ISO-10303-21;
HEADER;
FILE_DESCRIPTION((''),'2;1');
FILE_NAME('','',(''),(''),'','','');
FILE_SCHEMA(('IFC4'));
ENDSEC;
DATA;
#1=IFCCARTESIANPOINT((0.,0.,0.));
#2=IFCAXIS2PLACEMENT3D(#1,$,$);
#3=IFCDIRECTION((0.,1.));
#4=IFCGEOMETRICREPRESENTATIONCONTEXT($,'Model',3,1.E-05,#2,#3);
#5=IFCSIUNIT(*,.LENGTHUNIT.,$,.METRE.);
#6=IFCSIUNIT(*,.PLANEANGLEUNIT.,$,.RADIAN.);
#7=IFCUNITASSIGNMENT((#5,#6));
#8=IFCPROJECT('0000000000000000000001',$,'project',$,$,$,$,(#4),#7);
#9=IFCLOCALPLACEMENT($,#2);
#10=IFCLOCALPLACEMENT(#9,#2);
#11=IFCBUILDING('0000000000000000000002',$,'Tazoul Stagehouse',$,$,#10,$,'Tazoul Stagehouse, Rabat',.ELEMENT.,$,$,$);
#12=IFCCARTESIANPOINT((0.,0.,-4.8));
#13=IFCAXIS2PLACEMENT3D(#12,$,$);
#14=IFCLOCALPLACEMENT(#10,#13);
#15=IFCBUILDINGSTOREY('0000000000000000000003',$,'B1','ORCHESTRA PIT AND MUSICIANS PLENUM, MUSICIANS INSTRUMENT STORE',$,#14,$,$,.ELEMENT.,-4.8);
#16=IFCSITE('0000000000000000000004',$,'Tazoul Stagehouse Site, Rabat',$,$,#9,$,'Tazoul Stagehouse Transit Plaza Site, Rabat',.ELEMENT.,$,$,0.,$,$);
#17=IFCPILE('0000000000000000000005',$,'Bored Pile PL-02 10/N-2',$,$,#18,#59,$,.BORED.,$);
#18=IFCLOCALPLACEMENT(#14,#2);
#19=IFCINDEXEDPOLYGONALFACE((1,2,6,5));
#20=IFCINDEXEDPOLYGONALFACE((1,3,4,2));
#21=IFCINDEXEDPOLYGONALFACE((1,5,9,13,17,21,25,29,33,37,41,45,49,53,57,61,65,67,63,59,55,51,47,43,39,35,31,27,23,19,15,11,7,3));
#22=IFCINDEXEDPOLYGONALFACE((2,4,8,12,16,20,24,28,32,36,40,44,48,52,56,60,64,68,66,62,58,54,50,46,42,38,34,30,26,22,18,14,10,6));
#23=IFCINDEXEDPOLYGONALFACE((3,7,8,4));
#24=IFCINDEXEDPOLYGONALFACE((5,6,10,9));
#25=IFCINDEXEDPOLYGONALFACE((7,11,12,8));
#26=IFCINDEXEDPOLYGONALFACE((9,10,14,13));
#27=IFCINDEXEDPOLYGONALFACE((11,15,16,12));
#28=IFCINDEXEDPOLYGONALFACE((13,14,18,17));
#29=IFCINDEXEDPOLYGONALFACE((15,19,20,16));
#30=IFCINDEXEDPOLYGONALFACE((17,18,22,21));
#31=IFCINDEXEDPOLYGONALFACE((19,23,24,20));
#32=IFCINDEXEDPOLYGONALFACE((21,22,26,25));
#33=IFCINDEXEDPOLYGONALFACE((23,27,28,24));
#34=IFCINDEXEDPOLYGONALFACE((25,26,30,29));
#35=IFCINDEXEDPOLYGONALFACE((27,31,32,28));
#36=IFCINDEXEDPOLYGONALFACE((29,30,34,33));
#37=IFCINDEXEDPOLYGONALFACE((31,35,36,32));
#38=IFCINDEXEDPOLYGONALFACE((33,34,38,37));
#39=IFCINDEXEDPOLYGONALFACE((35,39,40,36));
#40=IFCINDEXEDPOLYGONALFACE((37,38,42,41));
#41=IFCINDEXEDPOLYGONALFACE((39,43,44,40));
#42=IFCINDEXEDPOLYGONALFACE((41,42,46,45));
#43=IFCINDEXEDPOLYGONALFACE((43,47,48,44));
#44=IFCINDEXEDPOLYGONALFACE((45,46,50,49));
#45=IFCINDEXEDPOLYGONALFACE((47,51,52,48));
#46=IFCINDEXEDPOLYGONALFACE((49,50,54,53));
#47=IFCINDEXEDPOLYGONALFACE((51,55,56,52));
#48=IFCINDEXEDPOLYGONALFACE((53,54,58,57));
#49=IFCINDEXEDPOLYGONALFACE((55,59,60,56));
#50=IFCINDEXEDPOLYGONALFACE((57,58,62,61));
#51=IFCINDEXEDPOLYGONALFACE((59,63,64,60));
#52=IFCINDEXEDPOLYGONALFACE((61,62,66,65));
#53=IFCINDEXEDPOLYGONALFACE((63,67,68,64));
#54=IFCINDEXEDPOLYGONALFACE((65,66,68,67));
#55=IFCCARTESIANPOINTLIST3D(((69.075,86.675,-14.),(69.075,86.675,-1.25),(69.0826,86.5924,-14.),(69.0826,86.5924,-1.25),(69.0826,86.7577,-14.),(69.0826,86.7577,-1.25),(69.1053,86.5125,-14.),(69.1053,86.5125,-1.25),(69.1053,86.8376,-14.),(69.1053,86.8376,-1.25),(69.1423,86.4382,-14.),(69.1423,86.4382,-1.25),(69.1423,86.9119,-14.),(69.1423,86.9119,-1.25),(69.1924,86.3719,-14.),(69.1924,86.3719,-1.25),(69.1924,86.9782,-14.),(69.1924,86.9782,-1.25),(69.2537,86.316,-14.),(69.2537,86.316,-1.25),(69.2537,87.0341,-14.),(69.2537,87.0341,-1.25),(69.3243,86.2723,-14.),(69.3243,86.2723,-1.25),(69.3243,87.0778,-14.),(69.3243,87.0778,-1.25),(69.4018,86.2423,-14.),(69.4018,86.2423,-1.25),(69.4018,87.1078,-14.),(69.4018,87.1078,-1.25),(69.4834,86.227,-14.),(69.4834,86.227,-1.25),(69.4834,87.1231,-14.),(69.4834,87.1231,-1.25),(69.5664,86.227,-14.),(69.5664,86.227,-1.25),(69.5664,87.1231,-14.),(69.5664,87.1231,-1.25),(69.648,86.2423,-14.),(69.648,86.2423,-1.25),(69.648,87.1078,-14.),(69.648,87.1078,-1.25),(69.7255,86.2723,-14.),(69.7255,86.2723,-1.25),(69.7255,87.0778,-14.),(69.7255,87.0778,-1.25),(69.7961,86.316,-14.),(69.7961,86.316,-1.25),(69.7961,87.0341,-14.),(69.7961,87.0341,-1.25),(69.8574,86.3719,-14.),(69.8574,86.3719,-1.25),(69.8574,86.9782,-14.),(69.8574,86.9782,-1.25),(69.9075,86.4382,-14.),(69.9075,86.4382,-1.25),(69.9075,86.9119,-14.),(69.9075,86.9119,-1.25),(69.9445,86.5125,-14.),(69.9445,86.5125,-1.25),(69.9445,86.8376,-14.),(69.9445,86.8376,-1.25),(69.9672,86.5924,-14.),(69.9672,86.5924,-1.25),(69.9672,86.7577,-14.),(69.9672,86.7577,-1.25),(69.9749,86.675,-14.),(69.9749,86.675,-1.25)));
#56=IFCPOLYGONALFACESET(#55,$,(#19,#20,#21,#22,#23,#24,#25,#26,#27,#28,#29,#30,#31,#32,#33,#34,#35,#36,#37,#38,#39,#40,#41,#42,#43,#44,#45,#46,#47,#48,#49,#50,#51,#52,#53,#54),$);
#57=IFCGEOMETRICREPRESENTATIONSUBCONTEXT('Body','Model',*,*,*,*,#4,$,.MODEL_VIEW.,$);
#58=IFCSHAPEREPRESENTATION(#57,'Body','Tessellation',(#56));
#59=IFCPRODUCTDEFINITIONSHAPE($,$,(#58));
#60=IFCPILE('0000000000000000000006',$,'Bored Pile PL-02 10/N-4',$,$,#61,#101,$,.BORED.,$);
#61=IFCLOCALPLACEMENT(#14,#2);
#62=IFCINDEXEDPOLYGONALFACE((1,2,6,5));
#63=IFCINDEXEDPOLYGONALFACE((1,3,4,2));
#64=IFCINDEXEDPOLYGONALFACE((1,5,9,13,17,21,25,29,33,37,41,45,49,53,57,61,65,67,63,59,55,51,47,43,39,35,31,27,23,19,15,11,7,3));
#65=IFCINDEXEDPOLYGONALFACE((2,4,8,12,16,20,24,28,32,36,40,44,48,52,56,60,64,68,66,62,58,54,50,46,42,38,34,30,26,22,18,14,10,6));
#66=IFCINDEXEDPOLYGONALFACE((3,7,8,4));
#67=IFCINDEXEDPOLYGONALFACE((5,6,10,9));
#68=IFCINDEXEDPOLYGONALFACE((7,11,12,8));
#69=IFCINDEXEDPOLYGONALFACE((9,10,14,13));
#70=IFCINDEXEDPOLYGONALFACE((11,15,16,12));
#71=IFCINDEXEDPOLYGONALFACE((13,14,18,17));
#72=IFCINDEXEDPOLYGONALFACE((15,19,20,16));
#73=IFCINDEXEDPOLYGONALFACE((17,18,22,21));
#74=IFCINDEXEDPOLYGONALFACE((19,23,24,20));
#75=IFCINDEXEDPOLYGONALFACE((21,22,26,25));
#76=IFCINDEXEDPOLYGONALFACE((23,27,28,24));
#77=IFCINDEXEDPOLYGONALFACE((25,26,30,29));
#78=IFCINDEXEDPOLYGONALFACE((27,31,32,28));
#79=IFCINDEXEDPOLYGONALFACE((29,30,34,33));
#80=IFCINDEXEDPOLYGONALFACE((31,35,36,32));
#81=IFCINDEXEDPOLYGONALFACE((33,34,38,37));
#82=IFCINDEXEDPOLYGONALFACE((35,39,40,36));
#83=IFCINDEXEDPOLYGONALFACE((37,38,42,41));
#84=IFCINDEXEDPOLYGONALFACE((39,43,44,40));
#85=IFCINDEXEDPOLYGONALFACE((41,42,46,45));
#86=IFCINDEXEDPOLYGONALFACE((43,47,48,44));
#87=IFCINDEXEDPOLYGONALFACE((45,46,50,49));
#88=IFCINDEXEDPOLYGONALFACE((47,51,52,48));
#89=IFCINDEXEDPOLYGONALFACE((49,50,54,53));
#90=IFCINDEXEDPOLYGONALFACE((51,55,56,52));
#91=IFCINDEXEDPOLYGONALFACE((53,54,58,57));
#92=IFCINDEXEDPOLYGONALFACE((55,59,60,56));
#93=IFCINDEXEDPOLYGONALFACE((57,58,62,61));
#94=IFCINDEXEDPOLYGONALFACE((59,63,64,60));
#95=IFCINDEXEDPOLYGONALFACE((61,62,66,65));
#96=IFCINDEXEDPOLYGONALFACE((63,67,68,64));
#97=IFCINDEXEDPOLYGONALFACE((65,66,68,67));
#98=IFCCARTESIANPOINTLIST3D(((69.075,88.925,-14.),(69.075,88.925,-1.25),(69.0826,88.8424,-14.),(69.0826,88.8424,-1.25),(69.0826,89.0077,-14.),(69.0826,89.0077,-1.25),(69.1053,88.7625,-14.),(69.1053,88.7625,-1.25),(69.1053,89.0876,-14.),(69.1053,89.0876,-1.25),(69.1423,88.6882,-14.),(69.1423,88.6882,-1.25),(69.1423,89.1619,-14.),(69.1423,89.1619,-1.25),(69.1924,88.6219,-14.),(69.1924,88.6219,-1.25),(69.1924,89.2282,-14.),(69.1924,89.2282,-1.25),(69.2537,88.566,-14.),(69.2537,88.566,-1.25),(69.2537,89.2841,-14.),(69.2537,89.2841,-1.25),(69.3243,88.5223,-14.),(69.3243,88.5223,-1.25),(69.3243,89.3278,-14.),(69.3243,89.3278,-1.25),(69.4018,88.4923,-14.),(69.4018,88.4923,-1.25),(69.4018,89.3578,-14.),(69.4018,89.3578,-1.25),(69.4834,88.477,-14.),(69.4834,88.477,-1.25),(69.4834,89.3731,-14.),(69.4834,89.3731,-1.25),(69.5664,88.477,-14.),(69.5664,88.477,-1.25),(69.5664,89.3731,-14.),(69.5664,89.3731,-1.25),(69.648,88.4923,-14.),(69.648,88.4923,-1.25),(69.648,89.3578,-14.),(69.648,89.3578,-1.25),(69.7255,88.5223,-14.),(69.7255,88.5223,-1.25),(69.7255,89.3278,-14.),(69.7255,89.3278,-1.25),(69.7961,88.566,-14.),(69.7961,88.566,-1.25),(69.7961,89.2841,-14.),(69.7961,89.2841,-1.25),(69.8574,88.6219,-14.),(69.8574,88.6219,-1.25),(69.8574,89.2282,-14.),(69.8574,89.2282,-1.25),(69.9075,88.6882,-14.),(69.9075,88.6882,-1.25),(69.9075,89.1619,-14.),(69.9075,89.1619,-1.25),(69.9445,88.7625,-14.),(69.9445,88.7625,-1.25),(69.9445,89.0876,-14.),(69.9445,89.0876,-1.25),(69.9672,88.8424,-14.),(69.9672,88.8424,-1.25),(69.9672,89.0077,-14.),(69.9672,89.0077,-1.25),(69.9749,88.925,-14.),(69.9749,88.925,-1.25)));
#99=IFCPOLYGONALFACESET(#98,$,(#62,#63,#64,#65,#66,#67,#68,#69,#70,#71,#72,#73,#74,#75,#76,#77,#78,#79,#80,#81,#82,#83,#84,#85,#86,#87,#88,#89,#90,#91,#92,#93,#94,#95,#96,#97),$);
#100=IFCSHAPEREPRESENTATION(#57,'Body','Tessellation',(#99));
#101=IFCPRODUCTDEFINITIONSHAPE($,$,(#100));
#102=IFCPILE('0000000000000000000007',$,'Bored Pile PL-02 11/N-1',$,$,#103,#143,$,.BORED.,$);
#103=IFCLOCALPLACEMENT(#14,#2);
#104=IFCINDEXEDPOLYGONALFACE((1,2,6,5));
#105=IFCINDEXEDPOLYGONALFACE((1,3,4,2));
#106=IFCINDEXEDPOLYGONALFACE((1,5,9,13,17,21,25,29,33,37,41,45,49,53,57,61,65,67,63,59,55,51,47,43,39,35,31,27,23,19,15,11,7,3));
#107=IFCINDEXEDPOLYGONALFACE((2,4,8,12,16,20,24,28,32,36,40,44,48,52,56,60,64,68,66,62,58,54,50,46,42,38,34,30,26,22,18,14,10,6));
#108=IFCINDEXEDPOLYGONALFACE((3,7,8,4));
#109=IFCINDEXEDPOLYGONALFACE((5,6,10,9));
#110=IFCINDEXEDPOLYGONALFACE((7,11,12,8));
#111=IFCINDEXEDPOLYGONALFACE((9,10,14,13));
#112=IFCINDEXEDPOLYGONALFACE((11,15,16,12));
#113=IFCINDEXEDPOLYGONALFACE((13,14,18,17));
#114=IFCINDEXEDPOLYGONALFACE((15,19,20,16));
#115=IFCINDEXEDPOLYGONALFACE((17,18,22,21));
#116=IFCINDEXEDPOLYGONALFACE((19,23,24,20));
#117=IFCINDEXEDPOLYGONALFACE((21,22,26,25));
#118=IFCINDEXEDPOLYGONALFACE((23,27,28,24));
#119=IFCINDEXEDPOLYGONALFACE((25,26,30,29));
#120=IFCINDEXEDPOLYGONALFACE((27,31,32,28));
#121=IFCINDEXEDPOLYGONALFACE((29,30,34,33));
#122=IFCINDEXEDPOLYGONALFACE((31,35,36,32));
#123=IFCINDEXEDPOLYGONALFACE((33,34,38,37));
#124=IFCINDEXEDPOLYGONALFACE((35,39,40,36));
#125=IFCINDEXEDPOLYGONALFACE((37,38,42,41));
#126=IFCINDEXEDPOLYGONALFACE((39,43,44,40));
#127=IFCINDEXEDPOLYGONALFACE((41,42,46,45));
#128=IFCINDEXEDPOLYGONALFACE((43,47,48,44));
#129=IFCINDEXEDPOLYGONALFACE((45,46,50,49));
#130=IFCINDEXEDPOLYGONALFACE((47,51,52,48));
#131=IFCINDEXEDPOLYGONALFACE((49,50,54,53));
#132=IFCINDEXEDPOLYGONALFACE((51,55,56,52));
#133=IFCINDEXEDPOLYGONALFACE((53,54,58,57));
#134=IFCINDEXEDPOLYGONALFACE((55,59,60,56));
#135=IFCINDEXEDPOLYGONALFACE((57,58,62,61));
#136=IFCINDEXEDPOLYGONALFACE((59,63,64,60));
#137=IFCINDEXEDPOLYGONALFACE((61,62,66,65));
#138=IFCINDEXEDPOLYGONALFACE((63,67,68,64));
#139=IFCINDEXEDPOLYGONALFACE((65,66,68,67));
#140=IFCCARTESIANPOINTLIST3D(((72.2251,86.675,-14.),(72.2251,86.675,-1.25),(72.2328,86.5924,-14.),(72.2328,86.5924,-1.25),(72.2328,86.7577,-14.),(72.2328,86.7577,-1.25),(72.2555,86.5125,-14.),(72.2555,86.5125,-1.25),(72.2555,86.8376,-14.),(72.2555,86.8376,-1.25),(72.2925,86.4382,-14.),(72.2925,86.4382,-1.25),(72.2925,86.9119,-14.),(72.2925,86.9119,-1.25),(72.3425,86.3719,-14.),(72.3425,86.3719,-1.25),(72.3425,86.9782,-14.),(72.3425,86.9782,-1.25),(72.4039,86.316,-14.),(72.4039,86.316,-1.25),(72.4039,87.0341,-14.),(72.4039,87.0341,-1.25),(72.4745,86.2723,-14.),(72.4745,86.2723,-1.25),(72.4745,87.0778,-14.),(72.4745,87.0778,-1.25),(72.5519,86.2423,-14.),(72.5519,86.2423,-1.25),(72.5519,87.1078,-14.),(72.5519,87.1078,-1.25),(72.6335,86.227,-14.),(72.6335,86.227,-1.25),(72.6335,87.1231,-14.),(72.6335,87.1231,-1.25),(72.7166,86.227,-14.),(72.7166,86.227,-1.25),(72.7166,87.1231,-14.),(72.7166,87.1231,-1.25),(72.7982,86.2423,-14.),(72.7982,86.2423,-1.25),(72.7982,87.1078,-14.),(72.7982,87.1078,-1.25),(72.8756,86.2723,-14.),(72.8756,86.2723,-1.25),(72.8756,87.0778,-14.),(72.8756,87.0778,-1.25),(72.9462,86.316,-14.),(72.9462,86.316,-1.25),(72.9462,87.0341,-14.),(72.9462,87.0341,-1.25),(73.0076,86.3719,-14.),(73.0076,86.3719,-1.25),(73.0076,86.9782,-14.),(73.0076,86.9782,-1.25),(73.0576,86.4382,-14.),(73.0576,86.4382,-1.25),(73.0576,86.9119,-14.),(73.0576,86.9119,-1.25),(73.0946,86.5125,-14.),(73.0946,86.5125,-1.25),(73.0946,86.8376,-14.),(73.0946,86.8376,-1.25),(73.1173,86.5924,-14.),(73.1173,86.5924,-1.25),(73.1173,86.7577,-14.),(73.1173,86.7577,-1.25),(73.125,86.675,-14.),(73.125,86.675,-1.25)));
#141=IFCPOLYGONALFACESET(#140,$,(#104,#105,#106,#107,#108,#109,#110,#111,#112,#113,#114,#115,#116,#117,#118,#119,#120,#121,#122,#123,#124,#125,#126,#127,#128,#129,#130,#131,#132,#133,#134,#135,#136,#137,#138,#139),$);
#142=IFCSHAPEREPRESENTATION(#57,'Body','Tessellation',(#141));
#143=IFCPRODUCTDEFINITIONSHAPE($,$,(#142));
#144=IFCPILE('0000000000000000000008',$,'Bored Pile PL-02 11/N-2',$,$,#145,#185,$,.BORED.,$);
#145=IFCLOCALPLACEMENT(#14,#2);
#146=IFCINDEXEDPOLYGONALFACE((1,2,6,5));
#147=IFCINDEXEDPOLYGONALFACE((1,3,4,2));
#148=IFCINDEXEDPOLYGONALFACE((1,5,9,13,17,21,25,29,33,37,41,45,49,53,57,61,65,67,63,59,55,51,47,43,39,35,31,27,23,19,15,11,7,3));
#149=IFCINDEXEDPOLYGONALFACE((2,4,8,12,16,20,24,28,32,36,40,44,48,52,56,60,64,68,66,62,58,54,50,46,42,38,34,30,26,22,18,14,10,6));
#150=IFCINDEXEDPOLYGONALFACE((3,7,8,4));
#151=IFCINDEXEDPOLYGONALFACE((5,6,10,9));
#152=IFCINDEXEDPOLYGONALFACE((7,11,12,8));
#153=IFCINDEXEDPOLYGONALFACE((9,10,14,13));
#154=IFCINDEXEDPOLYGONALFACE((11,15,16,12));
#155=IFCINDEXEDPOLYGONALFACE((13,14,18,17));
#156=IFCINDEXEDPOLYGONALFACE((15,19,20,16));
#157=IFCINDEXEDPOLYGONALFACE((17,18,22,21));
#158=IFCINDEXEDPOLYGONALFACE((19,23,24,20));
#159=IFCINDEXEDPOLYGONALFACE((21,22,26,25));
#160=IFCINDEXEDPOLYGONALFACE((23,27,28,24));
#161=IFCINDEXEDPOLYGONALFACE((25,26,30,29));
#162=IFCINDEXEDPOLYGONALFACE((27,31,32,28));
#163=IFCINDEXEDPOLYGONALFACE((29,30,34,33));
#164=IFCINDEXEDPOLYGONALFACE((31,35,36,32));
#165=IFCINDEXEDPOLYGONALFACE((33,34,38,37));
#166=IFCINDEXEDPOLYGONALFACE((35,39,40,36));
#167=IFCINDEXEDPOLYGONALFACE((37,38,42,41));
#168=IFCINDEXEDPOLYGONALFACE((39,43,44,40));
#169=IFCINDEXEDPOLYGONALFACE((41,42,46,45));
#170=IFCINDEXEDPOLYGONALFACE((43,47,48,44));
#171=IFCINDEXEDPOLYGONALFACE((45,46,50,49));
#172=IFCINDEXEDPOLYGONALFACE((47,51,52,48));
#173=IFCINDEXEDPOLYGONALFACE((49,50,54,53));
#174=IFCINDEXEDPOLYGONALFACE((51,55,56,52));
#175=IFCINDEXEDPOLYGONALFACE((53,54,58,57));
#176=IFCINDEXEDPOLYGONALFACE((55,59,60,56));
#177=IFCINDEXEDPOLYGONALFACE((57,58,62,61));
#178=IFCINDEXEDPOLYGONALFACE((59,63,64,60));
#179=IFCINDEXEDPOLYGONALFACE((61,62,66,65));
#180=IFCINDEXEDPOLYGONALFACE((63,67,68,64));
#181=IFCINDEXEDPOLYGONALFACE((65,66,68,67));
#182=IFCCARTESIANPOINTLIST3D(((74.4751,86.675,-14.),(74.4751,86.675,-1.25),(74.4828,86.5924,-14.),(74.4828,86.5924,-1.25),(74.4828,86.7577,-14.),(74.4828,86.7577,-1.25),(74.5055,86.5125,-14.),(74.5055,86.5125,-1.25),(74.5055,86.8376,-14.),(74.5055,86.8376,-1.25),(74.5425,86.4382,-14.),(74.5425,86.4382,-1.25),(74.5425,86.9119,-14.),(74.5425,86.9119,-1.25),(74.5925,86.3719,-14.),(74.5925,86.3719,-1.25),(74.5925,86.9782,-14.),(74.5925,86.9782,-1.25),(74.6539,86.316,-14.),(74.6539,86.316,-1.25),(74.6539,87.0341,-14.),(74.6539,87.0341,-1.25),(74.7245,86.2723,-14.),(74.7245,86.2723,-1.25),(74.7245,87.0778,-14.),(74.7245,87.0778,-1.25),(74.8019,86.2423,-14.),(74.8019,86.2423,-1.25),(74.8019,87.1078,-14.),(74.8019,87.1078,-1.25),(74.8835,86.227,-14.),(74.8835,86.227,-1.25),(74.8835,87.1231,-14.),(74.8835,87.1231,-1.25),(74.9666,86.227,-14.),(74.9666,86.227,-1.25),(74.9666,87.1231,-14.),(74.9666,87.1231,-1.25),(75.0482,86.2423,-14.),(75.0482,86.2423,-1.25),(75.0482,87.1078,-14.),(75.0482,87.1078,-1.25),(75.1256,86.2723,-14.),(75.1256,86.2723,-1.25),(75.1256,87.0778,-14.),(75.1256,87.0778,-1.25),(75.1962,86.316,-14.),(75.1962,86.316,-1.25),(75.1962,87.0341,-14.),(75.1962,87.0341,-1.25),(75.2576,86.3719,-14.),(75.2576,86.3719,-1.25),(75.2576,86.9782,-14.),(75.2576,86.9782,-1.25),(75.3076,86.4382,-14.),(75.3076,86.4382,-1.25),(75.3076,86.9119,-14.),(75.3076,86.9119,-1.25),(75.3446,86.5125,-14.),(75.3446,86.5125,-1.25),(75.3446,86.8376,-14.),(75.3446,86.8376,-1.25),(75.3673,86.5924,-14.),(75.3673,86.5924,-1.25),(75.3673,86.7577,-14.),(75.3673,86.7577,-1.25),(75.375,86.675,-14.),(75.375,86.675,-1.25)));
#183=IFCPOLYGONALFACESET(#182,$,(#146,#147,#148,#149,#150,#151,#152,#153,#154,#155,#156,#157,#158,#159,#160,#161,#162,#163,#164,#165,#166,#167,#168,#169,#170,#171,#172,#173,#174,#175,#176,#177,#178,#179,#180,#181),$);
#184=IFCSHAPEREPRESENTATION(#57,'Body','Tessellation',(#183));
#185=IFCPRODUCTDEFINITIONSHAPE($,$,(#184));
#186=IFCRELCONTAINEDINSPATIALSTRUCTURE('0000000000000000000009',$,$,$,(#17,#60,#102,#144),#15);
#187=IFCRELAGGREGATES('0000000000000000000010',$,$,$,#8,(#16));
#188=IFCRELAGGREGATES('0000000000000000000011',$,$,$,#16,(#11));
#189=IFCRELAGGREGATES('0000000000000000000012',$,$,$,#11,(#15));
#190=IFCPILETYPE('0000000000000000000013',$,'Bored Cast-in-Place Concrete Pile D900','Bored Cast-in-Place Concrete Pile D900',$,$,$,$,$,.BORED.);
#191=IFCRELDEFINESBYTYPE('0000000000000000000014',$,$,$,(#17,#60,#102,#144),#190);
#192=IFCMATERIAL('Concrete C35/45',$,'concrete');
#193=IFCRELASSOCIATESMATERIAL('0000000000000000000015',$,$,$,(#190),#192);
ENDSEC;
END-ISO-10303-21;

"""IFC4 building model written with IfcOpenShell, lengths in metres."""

from ifc_helpers import new_model, si_unit, direction, frame, origin, origin_2d, place, context, subcontext, project, spatial, circle, extrude, material, material_profile, profile_set, type_object, element, save


model = new_model("IFC4")

# Units and contexts
model_context = context("Model", 3, precision=1e-05, world=origin(), true_north=direction((0.0, 1.0)))
body_context = subcontext(model_context, "Body", "Model", "MODEL_VIEW")
ifc_project = project(units=[si_unit("LENGTHUNIT", "METRE"), si_unit("PLANEANGLEUNIT", "RADIAN")], contexts=[model_context])

# Site, building, storey
site_placement = place(None, origin())
site = spatial("IfcSite", under=ifc_project, at=site_placement, Name="Tazoul Stagehouse Site, Rabat", LongName="Tazoul Stagehouse Transit Plaza Site, Rabat", CompositionType="ELEMENT", RefElevation=0.0)
building_placement = place(site_placement, origin())
building = spatial("IfcBuilding", under=site, at=building_placement, Name="Tazoul Stagehouse", LongName="Tazoul Stagehouse, Rabat", CompositionType="ELEMENT")
storey_placement = place(building_placement, frame((0.0, 0.0, -4.8)))
storey = spatial("IfcBuildingStorey", under=building, at=storey_placement, Name="B1", Description="ORCHESTRA PIT AND MUSICIANS PLENUM, MUSICIANS INSTRUMENT STORE", CompositionType="ELEMENT", Elevation=-4.8)

# Piles
ifc_material_1 = material(Name="Concrete C35/45", Category="concrete")
ifc_material_profile_1 = material_profile(ifc_material_1, circle(Radius=0.45, at=origin_2d()), Name="BORED PILE 900")
ifc_profile_set_1 = profile_set([ifc_material_profile_1], Name="Concrete C35/45")
pile_type = type_object("IfcPileType", Name="Bored Cast-in-Place Concrete Pile D900", Description="Bored Cast-in-Place Concrete Pile D900", PredefinedType="BORED", material=ifc_profile_set_1)
for number, where, z_axis, x_axis, name in (
    (1, (69.5249, 86.675, -1.25), (0.0, 0.0, -1.0), (1.0, 0.0, 0.0), "Bored Pile PL-02 10/N-2"),
    (2, (69.5249, 88.925, -1.25), (0.0, 0.0, -1.0), (1.0, 0.0, 0.0), "Bored Pile PL-02 10/N-4"),
    (3, (72.675, 86.675, -1.25), (0.0, 0.0, -1.0), (1.0, 0.0, 0.0), "Bored Pile PL-02 11/N-1"),
    (4, (74.925, 86.675, -1.25), (0.0, 0.0, -1.0), (1.0, 0.0, 0.0), "Bored Pile PL-02 11/N-2"),
):
    element("IfcPile", number, at=place(storey_placement, frame(where, z_axis=z_axis, x_axis=x_axis)), inside=storey, type_object=pile_type, Name=name, PredefinedType="BORED", context=body_context, shape_type="SweptSolid", body=[
        extrude(circle(Radius=0.45, at=origin_2d()), origin(), (0.0, 0.0, 1.0), 12.75),
    ])

save(model, "model.ifc")
